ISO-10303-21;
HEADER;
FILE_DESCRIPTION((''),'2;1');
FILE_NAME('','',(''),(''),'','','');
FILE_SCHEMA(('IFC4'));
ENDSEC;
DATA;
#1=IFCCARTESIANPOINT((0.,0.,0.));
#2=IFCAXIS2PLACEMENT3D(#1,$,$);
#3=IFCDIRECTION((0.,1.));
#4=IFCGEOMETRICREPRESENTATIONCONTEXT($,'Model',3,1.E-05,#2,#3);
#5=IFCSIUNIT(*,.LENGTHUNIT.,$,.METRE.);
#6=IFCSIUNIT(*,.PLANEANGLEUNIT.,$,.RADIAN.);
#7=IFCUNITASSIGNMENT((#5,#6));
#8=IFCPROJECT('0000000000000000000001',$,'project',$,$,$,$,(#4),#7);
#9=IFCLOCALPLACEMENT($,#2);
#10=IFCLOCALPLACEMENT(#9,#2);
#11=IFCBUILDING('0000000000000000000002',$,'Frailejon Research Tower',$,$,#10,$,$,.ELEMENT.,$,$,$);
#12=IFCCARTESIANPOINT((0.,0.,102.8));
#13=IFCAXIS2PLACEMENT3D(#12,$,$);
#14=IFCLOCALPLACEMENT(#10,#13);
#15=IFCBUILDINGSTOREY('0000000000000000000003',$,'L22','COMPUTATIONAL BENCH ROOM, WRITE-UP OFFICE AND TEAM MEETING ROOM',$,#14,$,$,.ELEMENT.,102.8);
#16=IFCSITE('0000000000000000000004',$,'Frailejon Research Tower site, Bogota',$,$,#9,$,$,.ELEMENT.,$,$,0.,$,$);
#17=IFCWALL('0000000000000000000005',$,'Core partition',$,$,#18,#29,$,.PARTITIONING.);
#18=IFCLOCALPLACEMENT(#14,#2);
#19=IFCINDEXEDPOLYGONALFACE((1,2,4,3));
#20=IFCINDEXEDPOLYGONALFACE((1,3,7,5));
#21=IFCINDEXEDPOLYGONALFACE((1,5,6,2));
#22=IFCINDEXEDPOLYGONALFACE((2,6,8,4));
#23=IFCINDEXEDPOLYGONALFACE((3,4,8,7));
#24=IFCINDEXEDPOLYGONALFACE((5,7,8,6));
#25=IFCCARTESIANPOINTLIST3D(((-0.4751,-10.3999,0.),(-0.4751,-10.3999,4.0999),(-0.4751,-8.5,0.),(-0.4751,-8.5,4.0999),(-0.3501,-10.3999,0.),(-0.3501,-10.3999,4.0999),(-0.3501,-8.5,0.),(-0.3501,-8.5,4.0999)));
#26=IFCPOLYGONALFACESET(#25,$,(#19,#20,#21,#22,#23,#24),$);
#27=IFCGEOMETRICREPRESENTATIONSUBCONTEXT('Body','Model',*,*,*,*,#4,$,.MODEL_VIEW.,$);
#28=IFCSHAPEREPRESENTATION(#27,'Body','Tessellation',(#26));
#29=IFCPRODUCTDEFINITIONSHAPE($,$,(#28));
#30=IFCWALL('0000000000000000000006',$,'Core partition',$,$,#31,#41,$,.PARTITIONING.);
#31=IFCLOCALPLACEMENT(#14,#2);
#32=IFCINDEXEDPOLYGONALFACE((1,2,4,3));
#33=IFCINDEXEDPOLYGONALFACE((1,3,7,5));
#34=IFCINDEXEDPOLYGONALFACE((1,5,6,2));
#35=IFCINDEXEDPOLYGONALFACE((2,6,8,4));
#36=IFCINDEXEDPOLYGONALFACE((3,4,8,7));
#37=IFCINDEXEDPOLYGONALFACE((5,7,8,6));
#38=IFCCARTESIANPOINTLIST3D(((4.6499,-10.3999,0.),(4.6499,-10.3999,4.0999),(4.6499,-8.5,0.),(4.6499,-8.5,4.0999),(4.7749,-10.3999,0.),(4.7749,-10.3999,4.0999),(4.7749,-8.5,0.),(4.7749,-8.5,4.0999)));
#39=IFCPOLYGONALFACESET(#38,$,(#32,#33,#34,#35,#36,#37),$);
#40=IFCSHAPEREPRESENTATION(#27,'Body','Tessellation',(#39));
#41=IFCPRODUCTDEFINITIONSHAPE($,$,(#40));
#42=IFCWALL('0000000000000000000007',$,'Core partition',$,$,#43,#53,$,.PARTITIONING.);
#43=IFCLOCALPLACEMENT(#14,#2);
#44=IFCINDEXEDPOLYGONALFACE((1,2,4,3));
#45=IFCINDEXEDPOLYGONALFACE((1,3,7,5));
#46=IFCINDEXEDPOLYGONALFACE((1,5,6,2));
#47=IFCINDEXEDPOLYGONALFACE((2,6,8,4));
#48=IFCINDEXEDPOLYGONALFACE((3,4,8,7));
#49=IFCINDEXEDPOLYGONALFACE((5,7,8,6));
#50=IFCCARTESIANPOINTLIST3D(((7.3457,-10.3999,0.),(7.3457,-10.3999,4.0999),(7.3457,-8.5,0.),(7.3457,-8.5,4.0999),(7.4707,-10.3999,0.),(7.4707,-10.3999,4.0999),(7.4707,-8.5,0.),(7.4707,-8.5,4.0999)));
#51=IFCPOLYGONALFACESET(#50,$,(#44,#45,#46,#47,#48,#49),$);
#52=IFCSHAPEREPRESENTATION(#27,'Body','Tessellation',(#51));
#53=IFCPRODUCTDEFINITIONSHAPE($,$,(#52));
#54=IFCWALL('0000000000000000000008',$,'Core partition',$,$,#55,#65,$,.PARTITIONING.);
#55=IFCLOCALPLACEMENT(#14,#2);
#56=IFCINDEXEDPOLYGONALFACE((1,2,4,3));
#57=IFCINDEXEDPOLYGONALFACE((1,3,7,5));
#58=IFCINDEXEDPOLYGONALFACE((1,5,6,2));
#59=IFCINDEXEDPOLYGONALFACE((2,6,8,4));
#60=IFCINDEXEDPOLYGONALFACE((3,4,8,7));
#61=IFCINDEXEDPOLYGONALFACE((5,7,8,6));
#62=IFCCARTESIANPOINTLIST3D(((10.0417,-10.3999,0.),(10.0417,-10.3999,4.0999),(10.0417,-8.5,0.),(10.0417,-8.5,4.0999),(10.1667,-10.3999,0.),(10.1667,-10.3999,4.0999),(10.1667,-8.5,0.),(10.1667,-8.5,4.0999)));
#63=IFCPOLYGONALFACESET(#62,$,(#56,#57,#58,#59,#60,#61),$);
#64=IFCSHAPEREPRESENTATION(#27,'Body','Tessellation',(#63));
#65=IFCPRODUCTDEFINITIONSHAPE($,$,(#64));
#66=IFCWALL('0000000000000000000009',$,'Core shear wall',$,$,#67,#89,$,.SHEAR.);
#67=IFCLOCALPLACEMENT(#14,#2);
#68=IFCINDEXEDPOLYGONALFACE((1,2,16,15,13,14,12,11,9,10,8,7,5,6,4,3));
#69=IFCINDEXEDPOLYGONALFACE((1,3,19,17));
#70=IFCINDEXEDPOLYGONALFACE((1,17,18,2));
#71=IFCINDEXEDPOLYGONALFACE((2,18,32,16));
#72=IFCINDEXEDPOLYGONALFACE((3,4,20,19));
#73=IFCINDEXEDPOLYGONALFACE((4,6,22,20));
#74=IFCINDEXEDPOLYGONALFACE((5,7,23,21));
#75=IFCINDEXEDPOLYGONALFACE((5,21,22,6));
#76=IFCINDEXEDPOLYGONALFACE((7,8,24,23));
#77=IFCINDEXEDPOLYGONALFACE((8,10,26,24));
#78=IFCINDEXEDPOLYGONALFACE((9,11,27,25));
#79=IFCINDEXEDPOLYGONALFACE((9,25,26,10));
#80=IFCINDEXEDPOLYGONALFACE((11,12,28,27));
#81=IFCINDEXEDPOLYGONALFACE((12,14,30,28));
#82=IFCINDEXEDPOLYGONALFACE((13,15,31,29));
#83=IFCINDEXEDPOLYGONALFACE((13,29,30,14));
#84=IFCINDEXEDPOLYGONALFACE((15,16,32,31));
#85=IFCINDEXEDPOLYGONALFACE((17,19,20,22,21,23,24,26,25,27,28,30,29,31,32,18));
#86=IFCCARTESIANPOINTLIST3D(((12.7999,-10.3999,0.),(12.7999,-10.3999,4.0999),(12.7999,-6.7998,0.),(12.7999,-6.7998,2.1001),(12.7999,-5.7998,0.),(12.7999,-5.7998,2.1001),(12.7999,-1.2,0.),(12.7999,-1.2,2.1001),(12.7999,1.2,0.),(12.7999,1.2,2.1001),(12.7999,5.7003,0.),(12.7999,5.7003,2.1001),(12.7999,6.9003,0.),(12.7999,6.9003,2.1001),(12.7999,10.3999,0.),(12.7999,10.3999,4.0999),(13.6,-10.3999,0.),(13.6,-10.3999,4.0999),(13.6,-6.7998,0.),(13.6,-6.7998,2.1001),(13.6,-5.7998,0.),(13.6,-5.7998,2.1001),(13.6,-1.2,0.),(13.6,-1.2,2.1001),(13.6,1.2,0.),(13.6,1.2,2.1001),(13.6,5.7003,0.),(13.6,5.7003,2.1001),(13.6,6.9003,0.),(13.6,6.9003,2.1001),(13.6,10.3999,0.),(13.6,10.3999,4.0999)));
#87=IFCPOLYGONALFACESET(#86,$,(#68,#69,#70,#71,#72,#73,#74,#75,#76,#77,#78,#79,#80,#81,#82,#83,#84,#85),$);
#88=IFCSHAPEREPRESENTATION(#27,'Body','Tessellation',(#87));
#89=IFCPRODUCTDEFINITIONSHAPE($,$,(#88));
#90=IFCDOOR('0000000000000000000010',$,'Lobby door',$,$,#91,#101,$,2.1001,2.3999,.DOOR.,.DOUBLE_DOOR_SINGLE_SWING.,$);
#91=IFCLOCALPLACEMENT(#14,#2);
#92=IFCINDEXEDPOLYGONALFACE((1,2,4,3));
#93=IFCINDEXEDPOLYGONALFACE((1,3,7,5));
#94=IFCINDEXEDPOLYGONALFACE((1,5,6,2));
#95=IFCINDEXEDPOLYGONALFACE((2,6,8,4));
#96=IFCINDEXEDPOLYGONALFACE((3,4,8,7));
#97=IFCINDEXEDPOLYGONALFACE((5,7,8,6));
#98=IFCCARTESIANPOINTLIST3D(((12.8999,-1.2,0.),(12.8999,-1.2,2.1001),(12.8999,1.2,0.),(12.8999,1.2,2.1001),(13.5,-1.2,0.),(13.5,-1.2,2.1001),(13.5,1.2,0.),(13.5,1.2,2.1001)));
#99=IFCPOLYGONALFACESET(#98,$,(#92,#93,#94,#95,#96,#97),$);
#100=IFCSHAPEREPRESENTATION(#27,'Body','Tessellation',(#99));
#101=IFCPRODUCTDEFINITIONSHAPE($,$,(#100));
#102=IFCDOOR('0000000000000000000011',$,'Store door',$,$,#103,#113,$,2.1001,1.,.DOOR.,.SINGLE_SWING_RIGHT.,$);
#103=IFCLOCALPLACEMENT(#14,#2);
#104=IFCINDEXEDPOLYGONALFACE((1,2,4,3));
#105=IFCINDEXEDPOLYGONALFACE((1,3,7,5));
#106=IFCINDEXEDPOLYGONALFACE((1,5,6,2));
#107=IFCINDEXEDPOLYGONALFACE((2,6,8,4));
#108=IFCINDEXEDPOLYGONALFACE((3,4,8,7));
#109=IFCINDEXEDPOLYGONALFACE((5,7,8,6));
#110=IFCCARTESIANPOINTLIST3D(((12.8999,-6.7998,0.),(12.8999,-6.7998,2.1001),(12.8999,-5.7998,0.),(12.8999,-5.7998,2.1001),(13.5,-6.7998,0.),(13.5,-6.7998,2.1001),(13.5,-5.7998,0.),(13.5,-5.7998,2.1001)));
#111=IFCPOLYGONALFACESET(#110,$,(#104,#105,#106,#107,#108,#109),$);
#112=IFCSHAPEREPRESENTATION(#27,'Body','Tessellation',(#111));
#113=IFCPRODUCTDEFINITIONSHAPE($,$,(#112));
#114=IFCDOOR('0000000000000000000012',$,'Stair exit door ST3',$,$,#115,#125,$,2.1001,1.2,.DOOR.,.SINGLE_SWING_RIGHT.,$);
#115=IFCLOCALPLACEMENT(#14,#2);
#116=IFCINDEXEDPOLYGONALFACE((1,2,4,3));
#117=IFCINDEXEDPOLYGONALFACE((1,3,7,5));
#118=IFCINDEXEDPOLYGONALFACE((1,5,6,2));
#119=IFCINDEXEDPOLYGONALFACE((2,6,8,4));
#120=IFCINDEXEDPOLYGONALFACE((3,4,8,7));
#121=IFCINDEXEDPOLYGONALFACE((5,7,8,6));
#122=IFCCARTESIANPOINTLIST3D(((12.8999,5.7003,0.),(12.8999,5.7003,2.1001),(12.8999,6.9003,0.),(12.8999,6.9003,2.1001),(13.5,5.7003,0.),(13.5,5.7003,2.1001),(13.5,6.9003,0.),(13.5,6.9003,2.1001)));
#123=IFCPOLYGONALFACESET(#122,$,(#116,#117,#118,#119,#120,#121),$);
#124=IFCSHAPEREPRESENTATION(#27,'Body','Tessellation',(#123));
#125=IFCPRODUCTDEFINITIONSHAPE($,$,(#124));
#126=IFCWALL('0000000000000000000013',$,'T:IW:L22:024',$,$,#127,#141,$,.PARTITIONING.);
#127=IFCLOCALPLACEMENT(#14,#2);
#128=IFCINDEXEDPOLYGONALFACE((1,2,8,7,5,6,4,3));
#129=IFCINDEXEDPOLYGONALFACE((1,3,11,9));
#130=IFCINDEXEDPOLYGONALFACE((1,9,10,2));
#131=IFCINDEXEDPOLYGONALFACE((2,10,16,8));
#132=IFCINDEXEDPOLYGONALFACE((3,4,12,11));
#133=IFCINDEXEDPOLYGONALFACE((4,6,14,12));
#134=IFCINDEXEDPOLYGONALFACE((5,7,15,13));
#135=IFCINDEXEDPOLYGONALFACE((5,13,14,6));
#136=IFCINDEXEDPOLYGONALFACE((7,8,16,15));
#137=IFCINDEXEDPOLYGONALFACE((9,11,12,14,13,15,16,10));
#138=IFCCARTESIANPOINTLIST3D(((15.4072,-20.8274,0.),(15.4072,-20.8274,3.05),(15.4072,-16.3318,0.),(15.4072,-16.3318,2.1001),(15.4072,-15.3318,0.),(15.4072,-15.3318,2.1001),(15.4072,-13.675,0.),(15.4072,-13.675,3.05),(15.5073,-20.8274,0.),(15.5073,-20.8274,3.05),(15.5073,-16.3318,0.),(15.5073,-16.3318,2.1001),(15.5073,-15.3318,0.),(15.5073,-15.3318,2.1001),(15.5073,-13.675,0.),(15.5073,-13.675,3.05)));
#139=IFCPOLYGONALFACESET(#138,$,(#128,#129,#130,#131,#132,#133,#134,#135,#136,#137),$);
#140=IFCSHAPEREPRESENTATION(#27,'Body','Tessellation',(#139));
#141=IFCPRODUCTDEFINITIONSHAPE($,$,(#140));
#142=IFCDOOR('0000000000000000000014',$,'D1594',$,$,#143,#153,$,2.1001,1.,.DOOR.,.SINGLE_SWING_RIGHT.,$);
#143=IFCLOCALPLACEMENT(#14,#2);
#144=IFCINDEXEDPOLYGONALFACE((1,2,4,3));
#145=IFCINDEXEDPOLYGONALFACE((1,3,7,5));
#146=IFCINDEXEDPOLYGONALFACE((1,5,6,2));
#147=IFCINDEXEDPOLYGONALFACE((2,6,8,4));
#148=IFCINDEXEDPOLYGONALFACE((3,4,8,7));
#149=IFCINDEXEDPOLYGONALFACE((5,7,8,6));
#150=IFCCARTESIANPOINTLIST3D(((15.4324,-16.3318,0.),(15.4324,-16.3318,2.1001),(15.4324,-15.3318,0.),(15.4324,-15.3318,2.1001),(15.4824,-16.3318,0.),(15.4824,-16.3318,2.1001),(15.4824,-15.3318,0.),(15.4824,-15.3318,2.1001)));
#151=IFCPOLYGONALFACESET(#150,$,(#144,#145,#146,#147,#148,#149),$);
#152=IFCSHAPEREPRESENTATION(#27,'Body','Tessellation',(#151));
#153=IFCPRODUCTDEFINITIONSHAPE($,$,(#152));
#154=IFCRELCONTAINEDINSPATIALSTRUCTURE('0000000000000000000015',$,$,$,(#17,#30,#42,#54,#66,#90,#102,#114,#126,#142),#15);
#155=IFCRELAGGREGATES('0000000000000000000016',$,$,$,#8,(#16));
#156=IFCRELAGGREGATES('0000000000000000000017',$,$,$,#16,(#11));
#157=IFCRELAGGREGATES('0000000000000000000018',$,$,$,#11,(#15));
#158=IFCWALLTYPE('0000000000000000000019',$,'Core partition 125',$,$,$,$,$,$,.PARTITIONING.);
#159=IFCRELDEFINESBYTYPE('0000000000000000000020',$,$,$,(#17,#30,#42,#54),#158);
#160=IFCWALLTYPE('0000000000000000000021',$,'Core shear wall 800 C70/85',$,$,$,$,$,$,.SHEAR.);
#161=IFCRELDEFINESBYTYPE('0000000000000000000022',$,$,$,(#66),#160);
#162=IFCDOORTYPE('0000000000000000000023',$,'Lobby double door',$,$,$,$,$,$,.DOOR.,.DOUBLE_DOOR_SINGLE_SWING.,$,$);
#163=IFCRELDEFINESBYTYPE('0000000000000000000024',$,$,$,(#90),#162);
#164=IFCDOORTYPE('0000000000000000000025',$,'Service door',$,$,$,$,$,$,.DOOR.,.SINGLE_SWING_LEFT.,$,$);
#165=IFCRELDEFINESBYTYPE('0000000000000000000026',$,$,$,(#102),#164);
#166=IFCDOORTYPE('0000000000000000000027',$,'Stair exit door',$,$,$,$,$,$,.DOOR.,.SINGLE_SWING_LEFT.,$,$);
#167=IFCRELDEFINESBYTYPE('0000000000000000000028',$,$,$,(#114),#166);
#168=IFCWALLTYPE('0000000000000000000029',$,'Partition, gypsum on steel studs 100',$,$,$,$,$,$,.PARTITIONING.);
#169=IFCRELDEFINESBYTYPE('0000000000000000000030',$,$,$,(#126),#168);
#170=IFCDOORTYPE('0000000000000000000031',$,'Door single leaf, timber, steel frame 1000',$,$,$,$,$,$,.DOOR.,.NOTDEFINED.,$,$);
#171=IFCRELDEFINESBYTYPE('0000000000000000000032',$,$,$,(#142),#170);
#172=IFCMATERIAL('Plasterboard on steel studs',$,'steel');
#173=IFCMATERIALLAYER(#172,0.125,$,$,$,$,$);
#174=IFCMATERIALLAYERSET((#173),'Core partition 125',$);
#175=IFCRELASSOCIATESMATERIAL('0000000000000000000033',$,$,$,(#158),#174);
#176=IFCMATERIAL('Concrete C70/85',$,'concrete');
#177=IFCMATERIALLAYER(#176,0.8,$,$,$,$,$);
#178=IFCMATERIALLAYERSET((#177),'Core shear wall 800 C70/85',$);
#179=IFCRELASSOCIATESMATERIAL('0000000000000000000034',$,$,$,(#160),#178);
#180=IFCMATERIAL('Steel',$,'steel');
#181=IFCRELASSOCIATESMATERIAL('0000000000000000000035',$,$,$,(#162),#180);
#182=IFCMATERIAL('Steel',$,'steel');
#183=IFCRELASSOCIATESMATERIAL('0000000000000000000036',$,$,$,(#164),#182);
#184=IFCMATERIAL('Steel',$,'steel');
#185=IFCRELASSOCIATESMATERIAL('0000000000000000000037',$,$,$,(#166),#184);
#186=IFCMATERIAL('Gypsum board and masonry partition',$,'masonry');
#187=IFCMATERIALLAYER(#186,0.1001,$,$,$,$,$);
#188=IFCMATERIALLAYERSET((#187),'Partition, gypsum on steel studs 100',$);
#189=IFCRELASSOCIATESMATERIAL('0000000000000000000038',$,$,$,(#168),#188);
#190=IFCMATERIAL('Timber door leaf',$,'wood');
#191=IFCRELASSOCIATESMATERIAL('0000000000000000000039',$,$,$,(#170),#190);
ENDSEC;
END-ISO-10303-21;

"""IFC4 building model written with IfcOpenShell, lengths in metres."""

from ifc_helpers import new_model, si_unit, direction, frame, frame_2d, origin, place, context, subcontext, project, spatial, rectangle, extrude, material, layer, layer_set, type_object, element, fill, save


model = new_model("IFC4")

# Units and contexts
model_context = context("Model", 3, precision=1e-05, world=origin(), true_north=direction((0.0, 1.0)))
body_context = subcontext(model_context, "Body", "Model", "MODEL_VIEW")
ifc_project = project(units=[si_unit("LENGTHUNIT", "METRE"), si_unit("PLANEANGLEUNIT", "RADIAN")], contexts=[model_context])

# Site, building, storey
site_placement = place(None, origin())
site = spatial("IfcSite", under=ifc_project, at=site_placement, Name="Frailejon Research Tower site, Bogota", CompositionType="ELEMENT", RefElevation=0.0)
building_placement = place(site_placement, origin())
building = spatial("IfcBuilding", under=site, at=building_placement, Name="Frailejon Research Tower", CompositionType="ELEMENT")
storey_placement = place(building_placement, frame((0.0, 0.0, 102.8)))
storey = spatial("IfcBuildingStorey", under=building, at=storey_placement, Name="L22", Description="COMPUTATIONAL BENCH ROOM, WRITE-UP OFFICE AND TEAM MEETING ROOM", CompositionType="ELEMENT", Elevation=102.8)

# Walls
ifc_material_1 = material(Name="Plasterboard on steel studs", Category="steel")
ifc_layer_1 = layer(ifc_material_1, 0.125)
ifc_layer_set_1 = layer_set([ifc_layer_1], Name="Core partition 125")
wall_type_1 = type_object("IfcWallType", Name="Core partition 125", PredefinedType="PARTITIONING", material=ifc_layer_set_1)
for number, where, z_axis, x_axis, name in (
    (1, (-0.4126, -10.3999, 0.0), (0.0, 0.0, 1.0), (0.0, 1.0, 0.0), "Core partition"),
    (2, (4.7124, -10.3999, 0.0), (0.0, 0.0, 1.0), (0.0, 1.0, 0.0), "Core partition"),
    (3, (7.4082, -10.3999, 0.0), (0.0, 0.0, 1.0), (0.0, 1.0, 0.0), "Core partition"),
    (4, (10.1042, -10.3999, 0.0), (0.0, 0.0, 1.0), (0.0, 1.0, 0.0), "Core partition"),
):
    element("IfcWall", number, at=place(storey_placement, frame(where, z_axis=z_axis, x_axis=x_axis)), inside=storey, type_object=wall_type_1, Name=name, PredefinedType="PARTITIONING", context=body_context, shape_type="SweptSolid", body=[
        extrude(rectangle(XDim=1.8999, YDim=0.125, at=frame_2d((0.95, 0.0))), origin(), (0.0, 0.0, 1.0), 4.0999),
    ])

# Wall, openings, doors
ifc_material_2 = material(Name="Concrete C70/85", Category="concrete")
ifc_layer_2 = layer(ifc_material_2, 0.8)
ifc_layer_set_2 = layer_set([ifc_layer_2], Name="Core shear wall 800 C70/85")
wall_type_2 = type_object("IfcWallType", Name="Core shear wall 800 C70/85", PredefinedType="SHEAR", material=ifc_layer_set_2)
wall_1_placement = place(storey_placement, frame((13.2, -10.3999, 0.0), z_axis=(0.0, 0.0, 1.0), x_axis=(0.0, 1.0, 0.0)))
wall_1 = element("IfcWall", 5, at=wall_1_placement, inside=storey, type_object=wall_type_2, Name="Core shear wall", PredefinedType="SHEAR", context=body_context, shape_type="SweptSolid", body=[
    extrude(rectangle(XDim=20.7998, YDim=0.8, at=frame_2d((10.3999, 0.0))), origin(), (0.0, 0.0, 1.0), 4.0999),
])
opening_1_placement = place(wall_1_placement, frame((9.2, 0.0, 0.0)))
opening_1 = element("IfcOpeningElement", 6, at=opening_1_placement, cuts=wall_1, PredefinedType="OPENING", context=body_context, shape_type="SweptSolid", body=[
    extrude(rectangle(XDim=2.3999, YDim=2.1001, at=frame_2d((1.2, 1.05))), frame((0.0, 0.4099, 0.0), z_axis=(0.0, -1.0, 0.0), x_axis=(1.0, 0.0, 0.0)), (0.0, 0.0, 1.0), 0.8201),
])
opening_2_placement = place(wall_1_placement, frame((16.1001, 0.0, 0.0)))
opening_2 = element("IfcOpeningElement", 7, at=opening_2_placement, cuts=wall_1, PredefinedType="OPENING", context=body_context, shape_type="SweptSolid", body=[
    extrude(rectangle(XDim=1.2, YDim=2.1001, at=frame_2d((0.6001, 1.05))), frame((0.0, 0.4099, 0.0), z_axis=(0.0, -1.0, 0.0), x_axis=(1.0, 0.0, 0.0)), (0.0, 0.0, 1.0), 0.8201),
])
opening_3_placement = place(wall_1_placement, frame((3.6001, 0.0, 0.0)))
opening_3 = element("IfcOpeningElement", 8, at=opening_3_placement, cuts=wall_1, PredefinedType="OPENING", context=body_context, shape_type="SweptSolid", body=[
    extrude(rectangle(XDim=1.0, YDim=2.1001, at=frame_2d((0.5, 1.05))), frame((0.0, 0.4099, 0.0), z_axis=(0.0, -1.0, 0.0), x_axis=(1.0, 0.0, 0.0)), (0.0, 0.0, 1.0), 0.8201),
])
ifc_material_3 = material(Name="Steel", Category="steel")
door_type_1 = type_object("IfcDoorType", Name="Lobby double door", OperationType="DOUBLE_DOOR_SINGLE_SWING", PredefinedType="DOOR", material=ifc_material_3)
door_1_placement = place(opening_1_placement, origin())
door_1 = element("IfcDoor", 9, at=door_1_placement, inside=storey, type_object=door_type_1, Name="Lobby door", OperationType="DOUBLE_DOOR_SINGLE_SWING", OverallHeight=2.1001, OverallWidth=2.3999, PredefinedType="DOOR", context=body_context, shape_type="SweptSolid", body=[
    extrude(rectangle(XDim=2.3999, YDim=2.1001, at=frame_2d((1.2, 1.05))), frame((0.0, 0.3, 0.0), z_axis=(0.0, -1.0, 0.0), x_axis=(1.0, 0.0, 0.0)), (0.0, 0.0, 1.0), 0.6001),
])
fill(opening_1, door_1)
ifc_material_4 = material(Name="Steel", Category="steel")
door_type_2 = type_object("IfcDoorType", Name="Service door", OperationType="SINGLE_SWING_LEFT", PredefinedType="DOOR", material=ifc_material_4)
door_2_placement = place(opening_3_placement, origin())
door_2 = element("IfcDoor", 10, at=door_2_placement, inside=storey, type_object=door_type_2, Name="Store door", OperationType="SINGLE_SWING_RIGHT", OverallHeight=2.1001, OverallWidth=1.0, PredefinedType="DOOR", context=body_context, shape_type="SweptSolid", body=[
    extrude(rectangle(XDim=1.0, YDim=2.1001, at=frame_2d((0.5, 1.05))), frame((0.0, 0.3, 0.0), z_axis=(0.0, -1.0, 0.0), x_axis=(1.0, 0.0, 0.0)), (0.0, 0.0, 1.0), 0.6001),
])
fill(opening_3, door_2)
ifc_material_5 = material(Name="Steel", Category="steel")
door_type_3 = type_object("IfcDoorType", Name="Stair exit door", OperationType="SINGLE_SWING_LEFT", PredefinedType="DOOR", material=ifc_material_5)
door_3_placement = place(opening_2_placement, origin())
door_3 = element("IfcDoor", 11, at=door_3_placement, inside=storey, type_object=door_type_3, Name="Stair exit door ST3", OperationType="SINGLE_SWING_RIGHT", OverallHeight=2.1001, OverallWidth=1.2, PredefinedType="DOOR", context=body_context, shape_type="SweptSolid", body=[
    extrude(rectangle(XDim=1.2, YDim=2.1001, at=frame_2d((0.6001, 1.05))), frame((0.0, 0.3, 0.0), z_axis=(0.0, -1.0, 0.0), x_axis=(1.0, 0.0, 0.0)), (0.0, 0.0, 1.0), 0.6001),
])
fill(opening_2, door_3)

# Wall, opening, door
ifc_material_6 = material(Name="Gypsum board and masonry partition", Category="masonry")
ifc_layer_3 = layer(ifc_material_6, 0.1001)
ifc_layer_set_3 = layer_set([ifc_layer_3], Name="Partition, gypsum on steel studs 100")
wall_type_3 = type_object("IfcWallType", Name="Partition, gypsum on steel studs 100", PredefinedType="PARTITIONING", material=ifc_layer_set_3)
wall_2_placement = place(storey_placement, frame((15.4573, -20.8274, 0.0), z_axis=(0.0, 0.0, 1.0), x_axis=(0.0, 1.0, 0.0)))
wall_2 = element("IfcWall", 12, at=wall_2_placement, inside=storey, type_object=wall_type_3, Name="T:IW:L22:024", PredefinedType="PARTITIONING", context=body_context, shape_type="SweptSolid", body=[
    extrude(rectangle(XDim=7.1523, YDim=0.1001, at=frame_2d((3.5762, 0.0))), origin(), (0.0, 0.0, 1.0), 3.05),
])
opening_4_placement = place(wall_2_placement, frame((4.4956, 0.0, 0.0)))
opening_4 = element("IfcOpeningElement", 13, at=opening_4_placement, cuts=wall_2, PredefinedType="OPENING", context=body_context, shape_type="SweptSolid", body=[
    extrude(rectangle(XDim=1.0, YDim=2.1001, at=frame_2d((0.5, 1.05))), frame((0.0, 0.0601, 0.0), z_axis=(0.0, -1.0, 0.0), x_axis=(1.0, 0.0, 0.0)), (0.0, 0.0, 1.0), 0.1201),
])
ifc_material_7 = material(Name="Timber door leaf", Category="wood")
door_type_4 = type_object("IfcDoorType", Name="Door single leaf, timber, steel frame 1000", OperationType="NOTDEFINED", PredefinedType="DOOR", material=ifc_material_7)
door_4_placement = place(opening_4_placement, origin())
door_4 = element("IfcDoor", 14, at=door_4_placement, inside=storey, type_object=door_type_4, Name="D1594", OperationType="SINGLE_SWING_RIGHT", OverallHeight=2.1001, OverallWidth=1.0, PredefinedType="DOOR", context=body_context, shape_type="SweptSolid", body=[
    extrude(rectangle(XDim=1.0, YDim=2.1001, at=frame_2d((0.5, 1.05))), frame((0.0, 0.0249, 0.0), z_axis=(0.0, -1.0, 0.0), x_axis=(1.0, 0.0, 0.0)), (0.0, 0.0, 1.0), 0.05),
])
fill(opening_4, door_4)

save(model, "model.ifc")
